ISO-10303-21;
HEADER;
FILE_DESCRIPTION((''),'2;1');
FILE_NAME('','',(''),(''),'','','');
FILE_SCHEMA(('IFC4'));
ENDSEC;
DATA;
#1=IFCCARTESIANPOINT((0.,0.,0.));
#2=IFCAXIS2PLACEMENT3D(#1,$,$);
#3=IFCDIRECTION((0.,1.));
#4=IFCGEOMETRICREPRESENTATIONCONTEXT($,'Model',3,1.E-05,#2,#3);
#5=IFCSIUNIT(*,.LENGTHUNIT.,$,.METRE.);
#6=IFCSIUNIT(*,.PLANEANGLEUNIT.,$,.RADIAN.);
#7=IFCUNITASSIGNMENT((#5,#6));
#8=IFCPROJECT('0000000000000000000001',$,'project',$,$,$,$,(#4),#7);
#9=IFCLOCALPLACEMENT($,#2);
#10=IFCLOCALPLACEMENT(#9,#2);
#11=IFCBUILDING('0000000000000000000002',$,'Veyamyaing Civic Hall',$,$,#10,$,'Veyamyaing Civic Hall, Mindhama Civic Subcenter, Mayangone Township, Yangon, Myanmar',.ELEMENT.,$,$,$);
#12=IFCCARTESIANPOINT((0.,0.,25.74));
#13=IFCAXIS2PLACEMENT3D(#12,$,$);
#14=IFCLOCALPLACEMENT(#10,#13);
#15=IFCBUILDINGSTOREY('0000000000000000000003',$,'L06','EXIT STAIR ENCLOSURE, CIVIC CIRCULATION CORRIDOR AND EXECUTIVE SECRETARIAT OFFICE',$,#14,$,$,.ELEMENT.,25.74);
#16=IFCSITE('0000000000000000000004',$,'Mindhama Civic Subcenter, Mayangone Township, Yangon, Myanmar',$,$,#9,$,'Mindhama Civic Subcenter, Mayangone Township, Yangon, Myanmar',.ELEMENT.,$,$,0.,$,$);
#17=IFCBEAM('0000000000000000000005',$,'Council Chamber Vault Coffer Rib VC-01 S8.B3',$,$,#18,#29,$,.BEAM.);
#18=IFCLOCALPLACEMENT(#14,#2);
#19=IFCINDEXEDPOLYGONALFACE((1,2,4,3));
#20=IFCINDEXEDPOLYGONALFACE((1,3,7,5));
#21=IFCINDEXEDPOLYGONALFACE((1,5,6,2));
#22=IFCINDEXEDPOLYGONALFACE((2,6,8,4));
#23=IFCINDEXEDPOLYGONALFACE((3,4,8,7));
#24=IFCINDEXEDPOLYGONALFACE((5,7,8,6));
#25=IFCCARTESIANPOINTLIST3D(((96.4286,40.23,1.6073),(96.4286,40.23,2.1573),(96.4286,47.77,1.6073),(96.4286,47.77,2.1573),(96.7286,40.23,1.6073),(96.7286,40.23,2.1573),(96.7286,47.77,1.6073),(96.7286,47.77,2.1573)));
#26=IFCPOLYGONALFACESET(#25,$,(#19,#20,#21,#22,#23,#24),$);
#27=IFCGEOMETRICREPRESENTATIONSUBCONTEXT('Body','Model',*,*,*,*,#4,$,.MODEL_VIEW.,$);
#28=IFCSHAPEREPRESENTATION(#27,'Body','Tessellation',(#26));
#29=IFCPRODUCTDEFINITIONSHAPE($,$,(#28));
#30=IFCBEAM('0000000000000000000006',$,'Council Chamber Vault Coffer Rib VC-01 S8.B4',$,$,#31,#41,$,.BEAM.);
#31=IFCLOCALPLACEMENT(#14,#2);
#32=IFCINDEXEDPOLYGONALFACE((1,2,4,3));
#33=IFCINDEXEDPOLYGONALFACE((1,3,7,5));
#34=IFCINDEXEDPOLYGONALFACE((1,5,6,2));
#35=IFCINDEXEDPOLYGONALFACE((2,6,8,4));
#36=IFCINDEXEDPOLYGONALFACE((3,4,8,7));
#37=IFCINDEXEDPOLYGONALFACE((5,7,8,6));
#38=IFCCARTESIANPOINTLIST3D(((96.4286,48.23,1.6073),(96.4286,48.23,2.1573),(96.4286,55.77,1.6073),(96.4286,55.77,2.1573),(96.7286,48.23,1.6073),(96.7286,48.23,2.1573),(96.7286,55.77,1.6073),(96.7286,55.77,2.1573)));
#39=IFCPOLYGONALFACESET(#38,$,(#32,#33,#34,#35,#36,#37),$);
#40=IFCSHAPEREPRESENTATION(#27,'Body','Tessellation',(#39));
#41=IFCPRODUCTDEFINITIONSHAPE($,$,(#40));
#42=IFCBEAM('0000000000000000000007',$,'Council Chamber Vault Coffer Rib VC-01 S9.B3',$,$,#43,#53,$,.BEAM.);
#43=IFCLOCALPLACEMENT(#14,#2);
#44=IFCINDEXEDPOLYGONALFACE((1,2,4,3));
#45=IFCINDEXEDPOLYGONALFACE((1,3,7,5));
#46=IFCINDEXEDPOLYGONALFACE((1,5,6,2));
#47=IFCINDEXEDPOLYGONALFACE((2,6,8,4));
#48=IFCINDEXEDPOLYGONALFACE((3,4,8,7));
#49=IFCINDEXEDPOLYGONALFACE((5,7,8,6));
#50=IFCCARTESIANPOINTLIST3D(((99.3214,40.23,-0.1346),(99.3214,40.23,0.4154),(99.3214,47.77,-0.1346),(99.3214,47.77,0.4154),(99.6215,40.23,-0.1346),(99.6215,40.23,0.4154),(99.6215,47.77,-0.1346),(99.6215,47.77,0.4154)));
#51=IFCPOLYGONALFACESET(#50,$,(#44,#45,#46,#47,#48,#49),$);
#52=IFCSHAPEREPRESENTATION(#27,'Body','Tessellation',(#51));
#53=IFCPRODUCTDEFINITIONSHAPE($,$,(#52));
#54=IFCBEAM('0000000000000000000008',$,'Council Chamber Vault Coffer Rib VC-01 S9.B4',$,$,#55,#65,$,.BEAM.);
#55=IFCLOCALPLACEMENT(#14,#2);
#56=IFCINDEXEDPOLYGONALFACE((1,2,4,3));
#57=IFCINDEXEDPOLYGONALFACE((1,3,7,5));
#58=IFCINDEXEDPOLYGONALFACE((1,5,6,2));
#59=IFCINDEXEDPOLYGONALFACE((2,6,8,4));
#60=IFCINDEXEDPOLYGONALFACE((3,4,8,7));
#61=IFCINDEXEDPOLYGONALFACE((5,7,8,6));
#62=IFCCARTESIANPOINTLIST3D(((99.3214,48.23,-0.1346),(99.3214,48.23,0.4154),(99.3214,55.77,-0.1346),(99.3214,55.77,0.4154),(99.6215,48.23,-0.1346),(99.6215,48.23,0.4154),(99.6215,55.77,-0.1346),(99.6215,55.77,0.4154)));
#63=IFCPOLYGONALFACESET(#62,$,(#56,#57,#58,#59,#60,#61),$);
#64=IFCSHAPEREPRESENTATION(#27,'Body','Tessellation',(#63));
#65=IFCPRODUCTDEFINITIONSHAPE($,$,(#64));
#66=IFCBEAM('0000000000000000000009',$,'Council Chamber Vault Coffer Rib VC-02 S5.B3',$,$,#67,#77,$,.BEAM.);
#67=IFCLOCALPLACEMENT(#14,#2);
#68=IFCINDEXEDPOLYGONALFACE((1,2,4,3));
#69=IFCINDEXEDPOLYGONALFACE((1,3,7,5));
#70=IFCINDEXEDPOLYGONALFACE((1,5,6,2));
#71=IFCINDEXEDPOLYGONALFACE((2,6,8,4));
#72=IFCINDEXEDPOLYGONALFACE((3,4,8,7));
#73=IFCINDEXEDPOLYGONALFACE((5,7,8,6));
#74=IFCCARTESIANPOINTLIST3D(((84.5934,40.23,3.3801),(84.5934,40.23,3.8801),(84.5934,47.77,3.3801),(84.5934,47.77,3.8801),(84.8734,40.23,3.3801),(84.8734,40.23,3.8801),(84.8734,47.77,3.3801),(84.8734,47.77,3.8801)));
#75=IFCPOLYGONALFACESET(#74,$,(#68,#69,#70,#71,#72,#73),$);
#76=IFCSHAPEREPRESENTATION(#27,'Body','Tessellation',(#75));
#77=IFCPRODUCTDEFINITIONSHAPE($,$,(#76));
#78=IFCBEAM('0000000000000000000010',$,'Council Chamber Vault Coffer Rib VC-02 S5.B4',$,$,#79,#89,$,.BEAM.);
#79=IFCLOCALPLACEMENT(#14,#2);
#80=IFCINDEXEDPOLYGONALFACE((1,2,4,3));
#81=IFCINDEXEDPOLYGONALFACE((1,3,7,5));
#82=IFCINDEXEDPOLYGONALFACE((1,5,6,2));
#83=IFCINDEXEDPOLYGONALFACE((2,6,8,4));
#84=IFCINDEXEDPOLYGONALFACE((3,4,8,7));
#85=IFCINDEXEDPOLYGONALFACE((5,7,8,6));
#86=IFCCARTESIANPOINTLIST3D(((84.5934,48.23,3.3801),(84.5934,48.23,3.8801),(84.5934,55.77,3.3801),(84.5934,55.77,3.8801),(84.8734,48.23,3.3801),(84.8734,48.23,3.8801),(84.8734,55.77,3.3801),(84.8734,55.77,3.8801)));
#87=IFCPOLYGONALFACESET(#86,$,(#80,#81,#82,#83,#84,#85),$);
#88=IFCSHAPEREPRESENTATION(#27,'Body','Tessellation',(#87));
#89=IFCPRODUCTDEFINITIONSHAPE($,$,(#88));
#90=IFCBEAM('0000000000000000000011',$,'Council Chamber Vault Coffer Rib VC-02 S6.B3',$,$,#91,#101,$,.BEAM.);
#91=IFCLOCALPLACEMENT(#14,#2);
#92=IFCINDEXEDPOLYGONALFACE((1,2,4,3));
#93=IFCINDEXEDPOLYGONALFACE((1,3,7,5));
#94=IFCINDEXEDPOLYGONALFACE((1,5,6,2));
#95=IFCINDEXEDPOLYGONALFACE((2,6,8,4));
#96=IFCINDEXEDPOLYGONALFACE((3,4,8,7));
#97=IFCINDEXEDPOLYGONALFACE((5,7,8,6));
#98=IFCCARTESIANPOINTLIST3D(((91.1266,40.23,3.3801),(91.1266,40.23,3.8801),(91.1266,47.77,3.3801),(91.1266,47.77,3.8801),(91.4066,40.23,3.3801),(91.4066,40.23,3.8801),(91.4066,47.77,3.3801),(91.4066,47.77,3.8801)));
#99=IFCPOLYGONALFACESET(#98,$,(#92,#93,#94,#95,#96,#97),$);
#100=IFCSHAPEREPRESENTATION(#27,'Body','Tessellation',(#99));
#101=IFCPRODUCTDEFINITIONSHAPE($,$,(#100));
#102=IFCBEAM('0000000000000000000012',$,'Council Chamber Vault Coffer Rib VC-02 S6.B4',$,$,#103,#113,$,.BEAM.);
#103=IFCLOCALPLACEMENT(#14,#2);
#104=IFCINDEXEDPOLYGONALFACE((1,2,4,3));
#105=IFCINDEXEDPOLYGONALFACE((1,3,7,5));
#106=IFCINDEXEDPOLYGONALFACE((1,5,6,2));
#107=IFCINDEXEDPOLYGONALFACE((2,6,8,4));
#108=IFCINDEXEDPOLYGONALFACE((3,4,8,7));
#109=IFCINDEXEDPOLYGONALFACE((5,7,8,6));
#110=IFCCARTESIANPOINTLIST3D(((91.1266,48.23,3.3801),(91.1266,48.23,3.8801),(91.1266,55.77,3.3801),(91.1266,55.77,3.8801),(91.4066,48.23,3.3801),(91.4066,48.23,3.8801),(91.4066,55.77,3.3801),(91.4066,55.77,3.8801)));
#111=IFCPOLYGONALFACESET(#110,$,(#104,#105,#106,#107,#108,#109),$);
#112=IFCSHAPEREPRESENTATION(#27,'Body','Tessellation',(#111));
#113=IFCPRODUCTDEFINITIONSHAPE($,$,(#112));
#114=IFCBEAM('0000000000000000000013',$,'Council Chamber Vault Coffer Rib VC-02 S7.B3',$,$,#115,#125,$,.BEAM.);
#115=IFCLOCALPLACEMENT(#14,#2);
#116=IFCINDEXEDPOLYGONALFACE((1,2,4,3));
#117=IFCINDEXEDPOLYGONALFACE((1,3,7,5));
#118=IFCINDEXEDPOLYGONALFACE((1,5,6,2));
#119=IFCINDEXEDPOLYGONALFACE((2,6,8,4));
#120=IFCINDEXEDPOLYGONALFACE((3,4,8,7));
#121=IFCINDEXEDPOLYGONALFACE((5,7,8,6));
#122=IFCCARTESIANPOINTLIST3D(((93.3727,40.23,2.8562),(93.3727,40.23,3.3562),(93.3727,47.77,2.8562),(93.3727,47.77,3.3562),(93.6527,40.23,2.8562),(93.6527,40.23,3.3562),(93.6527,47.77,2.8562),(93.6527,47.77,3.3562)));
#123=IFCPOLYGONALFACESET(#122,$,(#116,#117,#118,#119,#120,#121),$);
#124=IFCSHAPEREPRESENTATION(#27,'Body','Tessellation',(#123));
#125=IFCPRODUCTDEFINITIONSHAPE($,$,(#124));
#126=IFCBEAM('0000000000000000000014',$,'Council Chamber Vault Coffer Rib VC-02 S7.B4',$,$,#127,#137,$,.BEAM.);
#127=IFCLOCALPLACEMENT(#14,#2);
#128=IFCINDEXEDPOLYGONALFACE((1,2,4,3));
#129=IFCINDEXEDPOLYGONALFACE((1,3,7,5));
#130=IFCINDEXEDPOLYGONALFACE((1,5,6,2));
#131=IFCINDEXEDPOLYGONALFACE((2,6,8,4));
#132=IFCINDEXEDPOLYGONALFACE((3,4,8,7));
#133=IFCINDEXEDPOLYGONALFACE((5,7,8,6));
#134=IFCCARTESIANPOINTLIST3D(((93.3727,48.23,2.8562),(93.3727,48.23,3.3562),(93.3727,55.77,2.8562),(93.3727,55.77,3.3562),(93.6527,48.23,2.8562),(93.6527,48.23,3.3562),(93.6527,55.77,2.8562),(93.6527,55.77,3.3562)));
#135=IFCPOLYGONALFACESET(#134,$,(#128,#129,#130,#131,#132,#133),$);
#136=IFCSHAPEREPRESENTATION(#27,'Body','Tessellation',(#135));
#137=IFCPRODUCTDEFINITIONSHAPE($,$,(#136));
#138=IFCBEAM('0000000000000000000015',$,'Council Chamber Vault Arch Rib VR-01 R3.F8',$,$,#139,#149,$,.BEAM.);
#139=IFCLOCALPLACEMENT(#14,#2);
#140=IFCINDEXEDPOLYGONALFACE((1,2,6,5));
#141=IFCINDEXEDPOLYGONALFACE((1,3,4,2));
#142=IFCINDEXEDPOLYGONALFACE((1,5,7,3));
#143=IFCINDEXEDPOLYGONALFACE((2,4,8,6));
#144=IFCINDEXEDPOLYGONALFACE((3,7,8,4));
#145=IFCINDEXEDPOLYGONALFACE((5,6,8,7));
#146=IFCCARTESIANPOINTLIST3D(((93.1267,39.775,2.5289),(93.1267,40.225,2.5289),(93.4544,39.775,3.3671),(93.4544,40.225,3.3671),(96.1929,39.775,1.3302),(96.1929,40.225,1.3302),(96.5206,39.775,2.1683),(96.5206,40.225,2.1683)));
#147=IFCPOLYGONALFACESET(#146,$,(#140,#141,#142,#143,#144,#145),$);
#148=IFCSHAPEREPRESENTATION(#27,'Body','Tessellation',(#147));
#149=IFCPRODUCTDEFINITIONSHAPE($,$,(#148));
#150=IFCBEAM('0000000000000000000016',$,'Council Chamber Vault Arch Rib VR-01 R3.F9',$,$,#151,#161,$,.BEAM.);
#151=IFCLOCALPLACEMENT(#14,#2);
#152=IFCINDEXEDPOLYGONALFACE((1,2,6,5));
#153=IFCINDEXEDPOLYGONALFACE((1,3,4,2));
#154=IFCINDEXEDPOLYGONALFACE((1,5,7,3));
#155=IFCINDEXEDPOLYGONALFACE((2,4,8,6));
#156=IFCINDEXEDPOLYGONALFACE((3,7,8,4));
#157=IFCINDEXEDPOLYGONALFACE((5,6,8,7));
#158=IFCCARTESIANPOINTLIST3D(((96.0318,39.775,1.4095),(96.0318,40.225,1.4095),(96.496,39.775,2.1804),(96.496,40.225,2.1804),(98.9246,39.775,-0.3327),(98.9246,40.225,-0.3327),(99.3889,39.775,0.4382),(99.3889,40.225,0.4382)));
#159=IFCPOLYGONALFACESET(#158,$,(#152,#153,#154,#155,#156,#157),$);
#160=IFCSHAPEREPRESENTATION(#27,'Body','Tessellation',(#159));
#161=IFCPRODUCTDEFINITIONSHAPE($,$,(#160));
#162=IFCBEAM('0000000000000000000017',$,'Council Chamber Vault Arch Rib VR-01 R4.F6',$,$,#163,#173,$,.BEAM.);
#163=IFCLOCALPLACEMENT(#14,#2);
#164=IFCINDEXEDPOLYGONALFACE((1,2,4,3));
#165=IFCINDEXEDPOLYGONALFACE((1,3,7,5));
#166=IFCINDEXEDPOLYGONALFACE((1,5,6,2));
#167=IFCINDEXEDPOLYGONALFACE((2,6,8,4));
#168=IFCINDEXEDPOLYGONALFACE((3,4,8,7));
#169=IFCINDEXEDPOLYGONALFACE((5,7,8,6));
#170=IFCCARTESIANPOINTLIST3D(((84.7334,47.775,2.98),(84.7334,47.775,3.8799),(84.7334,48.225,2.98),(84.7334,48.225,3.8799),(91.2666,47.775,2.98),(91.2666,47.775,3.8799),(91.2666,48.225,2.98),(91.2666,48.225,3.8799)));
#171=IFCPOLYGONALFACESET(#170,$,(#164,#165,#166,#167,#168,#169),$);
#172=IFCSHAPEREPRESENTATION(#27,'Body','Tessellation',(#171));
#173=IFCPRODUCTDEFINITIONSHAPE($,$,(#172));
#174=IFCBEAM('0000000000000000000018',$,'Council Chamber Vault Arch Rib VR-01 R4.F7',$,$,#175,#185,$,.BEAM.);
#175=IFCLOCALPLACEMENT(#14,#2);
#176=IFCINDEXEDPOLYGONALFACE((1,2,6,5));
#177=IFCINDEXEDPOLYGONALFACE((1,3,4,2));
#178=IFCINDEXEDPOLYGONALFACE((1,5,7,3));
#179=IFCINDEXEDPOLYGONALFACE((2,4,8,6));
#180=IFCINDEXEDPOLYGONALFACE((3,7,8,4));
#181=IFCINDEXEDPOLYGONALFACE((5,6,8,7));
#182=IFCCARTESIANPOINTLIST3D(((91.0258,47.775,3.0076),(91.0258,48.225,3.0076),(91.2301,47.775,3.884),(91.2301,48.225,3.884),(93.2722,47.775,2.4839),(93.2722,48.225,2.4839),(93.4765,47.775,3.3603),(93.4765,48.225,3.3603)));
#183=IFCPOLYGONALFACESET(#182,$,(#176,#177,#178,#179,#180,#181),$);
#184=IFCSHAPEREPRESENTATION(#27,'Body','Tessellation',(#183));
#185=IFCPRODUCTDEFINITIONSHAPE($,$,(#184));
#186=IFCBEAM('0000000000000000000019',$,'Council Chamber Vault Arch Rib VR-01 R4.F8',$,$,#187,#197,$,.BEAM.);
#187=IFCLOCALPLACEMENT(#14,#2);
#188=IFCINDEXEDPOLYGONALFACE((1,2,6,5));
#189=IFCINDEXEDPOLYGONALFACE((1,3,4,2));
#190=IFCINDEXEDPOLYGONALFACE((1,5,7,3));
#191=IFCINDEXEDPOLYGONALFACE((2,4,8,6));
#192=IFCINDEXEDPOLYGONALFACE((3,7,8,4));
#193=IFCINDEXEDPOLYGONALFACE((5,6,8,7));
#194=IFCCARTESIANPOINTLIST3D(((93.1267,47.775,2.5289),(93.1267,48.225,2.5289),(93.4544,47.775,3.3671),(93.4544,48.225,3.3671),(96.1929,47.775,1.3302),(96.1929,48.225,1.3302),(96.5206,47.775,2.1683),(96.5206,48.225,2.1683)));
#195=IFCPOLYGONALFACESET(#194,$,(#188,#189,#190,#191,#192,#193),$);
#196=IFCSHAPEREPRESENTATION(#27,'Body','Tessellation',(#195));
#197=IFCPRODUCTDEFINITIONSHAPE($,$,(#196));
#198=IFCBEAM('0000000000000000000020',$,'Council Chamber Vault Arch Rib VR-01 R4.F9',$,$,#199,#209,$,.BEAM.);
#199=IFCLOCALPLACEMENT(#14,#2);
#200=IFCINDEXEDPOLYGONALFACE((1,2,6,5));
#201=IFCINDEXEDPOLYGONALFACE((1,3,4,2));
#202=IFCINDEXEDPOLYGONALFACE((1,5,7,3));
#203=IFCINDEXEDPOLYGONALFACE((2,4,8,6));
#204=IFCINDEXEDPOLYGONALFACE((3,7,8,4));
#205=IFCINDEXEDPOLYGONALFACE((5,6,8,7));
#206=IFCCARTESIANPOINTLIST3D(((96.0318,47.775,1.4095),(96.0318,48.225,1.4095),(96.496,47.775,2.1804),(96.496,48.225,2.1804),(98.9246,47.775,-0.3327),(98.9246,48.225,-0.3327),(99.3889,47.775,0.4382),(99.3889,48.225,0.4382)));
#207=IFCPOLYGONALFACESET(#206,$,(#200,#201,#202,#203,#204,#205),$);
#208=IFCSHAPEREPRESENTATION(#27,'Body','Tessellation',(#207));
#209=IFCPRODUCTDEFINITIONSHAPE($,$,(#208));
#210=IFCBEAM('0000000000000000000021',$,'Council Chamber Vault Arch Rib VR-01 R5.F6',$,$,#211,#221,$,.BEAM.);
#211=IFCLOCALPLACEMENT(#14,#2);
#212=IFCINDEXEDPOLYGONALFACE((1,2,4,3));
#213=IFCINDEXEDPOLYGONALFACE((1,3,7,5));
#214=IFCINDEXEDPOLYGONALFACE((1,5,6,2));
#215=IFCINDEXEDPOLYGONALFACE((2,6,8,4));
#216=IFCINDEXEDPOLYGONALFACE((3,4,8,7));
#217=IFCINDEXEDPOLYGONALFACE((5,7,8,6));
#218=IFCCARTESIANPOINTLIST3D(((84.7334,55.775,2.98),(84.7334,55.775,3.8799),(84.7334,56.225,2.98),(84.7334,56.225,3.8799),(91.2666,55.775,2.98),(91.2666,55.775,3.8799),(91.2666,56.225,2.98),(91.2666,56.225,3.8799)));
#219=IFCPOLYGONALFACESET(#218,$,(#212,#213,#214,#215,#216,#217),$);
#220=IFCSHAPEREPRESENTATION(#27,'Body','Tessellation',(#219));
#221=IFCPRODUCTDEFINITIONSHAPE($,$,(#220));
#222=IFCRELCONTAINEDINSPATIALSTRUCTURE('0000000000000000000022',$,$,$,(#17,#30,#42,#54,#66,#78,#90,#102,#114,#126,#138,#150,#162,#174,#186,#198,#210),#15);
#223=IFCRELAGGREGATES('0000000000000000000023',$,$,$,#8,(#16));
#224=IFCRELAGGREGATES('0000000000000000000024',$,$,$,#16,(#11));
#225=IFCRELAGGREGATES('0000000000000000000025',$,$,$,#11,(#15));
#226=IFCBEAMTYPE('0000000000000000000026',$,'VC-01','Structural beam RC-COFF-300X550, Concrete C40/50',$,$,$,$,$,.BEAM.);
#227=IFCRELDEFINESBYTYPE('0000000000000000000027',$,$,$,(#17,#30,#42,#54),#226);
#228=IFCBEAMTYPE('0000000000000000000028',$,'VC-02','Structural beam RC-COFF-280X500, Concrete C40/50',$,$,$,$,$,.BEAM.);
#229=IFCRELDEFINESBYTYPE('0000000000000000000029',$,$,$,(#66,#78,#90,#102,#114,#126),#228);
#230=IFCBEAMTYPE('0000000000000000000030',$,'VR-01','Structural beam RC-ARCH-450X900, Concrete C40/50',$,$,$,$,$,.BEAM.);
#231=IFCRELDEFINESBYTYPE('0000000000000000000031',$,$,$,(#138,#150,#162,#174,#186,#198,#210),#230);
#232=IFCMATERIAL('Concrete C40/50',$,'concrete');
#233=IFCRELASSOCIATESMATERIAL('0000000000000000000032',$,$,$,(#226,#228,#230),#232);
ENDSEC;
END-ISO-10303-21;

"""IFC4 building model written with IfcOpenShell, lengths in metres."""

from ifc_helpers import new_model, si_unit, direction, frame, origin, origin_2d, place, context, subcontext, project, spatial, rectangle, extrude, material, material_profile, profile_set, type_object, element, save


model = new_model("IFC4")

# Units and contexts
model_context = context("Model", 3, precision=1e-05, world=origin(), true_north=direction((0.0, 1.0)))
body_context = subcontext(model_context, "Body", "Model", "MODEL_VIEW")
ifc_project = project(units=[si_unit("LENGTHUNIT", "METRE"), si_unit("PLANEANGLEUNIT", "RADIAN")], contexts=[model_context])

# Site, building, storey
site_placement = place(None, origin())
site = spatial("IfcSite", under=ifc_project, at=site_placement, Name="Mindhama Civic Subcenter, Mayangone Township, Yangon, Myanmar", LongName="Mindhama Civic Subcenter, Mayangone Township, Yangon, Myanmar", CompositionType="ELEMENT", RefElevation=0.0)
building_placement = place(site_placement, origin())
building = spatial("IfcBuilding", under=site, at=building_placement, Name="Veyamyaing Civic Hall", LongName="Veyamyaing Civic Hall, Mindhama Civic Subcenter, Mayangone Township, Yangon, Myanmar", CompositionType="ELEMENT")
storey_placement = place(building_placement, frame((0.0, 0.0, 25.74)))
storey = spatial("IfcBuildingStorey", under=building, at=storey_placement, Name="L06", Description="EXIT STAIR ENCLOSURE, CIVIC CIRCULATION CORRIDOR AND EXECUTIVE SECRETARIAT OFFICE", CompositionType="ELEMENT", Elevation=25.74)

# Beams
ifc_material = material(Name="Concrete C40/50", Category="concrete")
ifc_material_profile_1 = material_profile(ifc_material, rectangle(XDim=0.3, YDim=0.55, at=origin_2d()), Name="RC-COFF-300X550")
ifc_profile_set_1 = profile_set([ifc_material_profile_1], Name="Concrete C40/50")
beam_type_1 = type_object("IfcBeamType", Name="VC-01", Description="Structural beam RC-COFF-300X550, Concrete C40/50", PredefinedType="BEAM", material=ifc_profile_set_1)
for number, where, z_axis, x_axis, name in (
    (1, (96.5786, 40.23, 1.8823), (0.0, 1.0, 0.0), (-1.0, 0.0, 0.0), "Council Chamber Vault Coffer Rib VC-01 S8.B3"),
    (2, (96.5786, 48.23, 1.8823), (0.0, 1.0, 0.0), (-1.0, 0.0, 0.0), "Council Chamber Vault Coffer Rib VC-01 S8.B4"),
    (3, (99.4714, 40.23, 0.1404), (0.0, 1.0, 0.0), (-1.0, 0.0, 0.0), "Council Chamber Vault Coffer Rib VC-01 S9.B3"),
    (4, (99.4714, 48.23, 0.1404), (0.0, 1.0, 0.0), (-1.0, 0.0, 0.0), "Council Chamber Vault Coffer Rib VC-01 S9.B4"),
):
    element("IfcBeam", number, at=place(storey_placement, frame(where, z_axis=z_axis, x_axis=x_axis)), inside=storey, type_object=beam_type_1, Name=name, PredefinedType="BEAM", context=body_context, shape_type="SweptSolid", body=[
        extrude(rectangle(XDim=0.3, YDim=0.55, at=origin_2d()), origin(), (0.0, 0.0, 1.0), 7.54),
    ])
ifc_material_profile_2 = material_profile(ifc_material, rectangle(XDim=0.28, YDim=0.5, at=origin_2d()), Name="RC-COFF-280X500")
ifc_profile_set_2 = profile_set([ifc_material_profile_2], Name="Concrete C40/50")
beam_type_2 = type_object("IfcBeamType", Name="VC-02", Description="Structural beam RC-COFF-280X500, Concrete C40/50", PredefinedType="BEAM", material=ifc_profile_set_2)
for number, where, z_axis, x_axis, name in (
    (5, (84.7334, 40.23, 3.6301), (0.0, 1.0, 0.0), (-1.0, 0.0, 0.0), "Council Chamber Vault Coffer Rib VC-02 S5.B3"),
    (6, (84.7334, 48.23, 3.6301), (0.0, 1.0, 0.0), (-1.0, 0.0, 0.0), "Council Chamber Vault Coffer Rib VC-02 S5.B4"),
    (7, (91.2666, 40.23, 3.6301), (0.0, 1.0, 0.0), (-1.0, 0.0, 0.0), "Council Chamber Vault Coffer Rib VC-02 S6.B3"),
    (8, (91.2666, 48.23, 3.6301), (0.0, 1.0, 0.0), (-1.0, 0.0, 0.0), "Council Chamber Vault Coffer Rib VC-02 S6.B4"),
    (9, (93.5127, 40.23, 3.1062), (0.0, 1.0, 0.0), (-1.0, 0.0, 0.0), "Council Chamber Vault Coffer Rib VC-02 S7.B3"),
    (10, (93.5127, 48.23, 3.1062), (0.0, 1.0, 0.0), (-1.0, 0.0, 0.0), "Council Chamber Vault Coffer Rib VC-02 S7.B4"),
):
    element("IfcBeam", number, at=place(storey_placement, frame(where, z_axis=z_axis, x_axis=x_axis)), inside=storey, type_object=beam_type_2, Name=name, PredefinedType="BEAM", context=body_context, shape_type="SweptSolid", body=[
        extrude(rectangle(XDim=0.28, YDim=0.5, at=origin_2d()), origin(), (0.0, 0.0, 1.0), 7.54),
    ])
ifc_material_profile_3 = material_profile(ifc_material, rectangle(XDim=0.45, YDim=0.8999, at=origin_2d()), Name="RC-ARCH-450X900")
ifc_profile_set_3 = profile_set([ifc_material_profile_3], Name="Concrete C40/50")
beam_type_3 = type_object("IfcBeamType", Name="VR-01", Description="Structural beam RC-ARCH-450X900, Concrete C40/50", PredefinedType="BEAM", material=ifc_profile_set_3)
beam_1_placement = place(storey_placement, frame((93.2905, 40.0, 2.948), z_axis=(0.931353, 0.0, -0.364117), x_axis=(0.0, 1.0, 0.0)))
element("IfcBeam", 11, at=beam_1_placement, inside=storey, type_object=beam_type_3, Name="Council Chamber Vault Arch Rib VR-01 R3.F8", PredefinedType="BEAM", context=body_context, shape_type="SweptSolid", body=[
    extrude(rectangle(XDim=0.45, YDim=0.8999, at=origin_2d()), origin(), (0.0, 0.0, 1.0), 3.2922),
])
beam_2_placement = place(storey_placement, frame((96.2639, 40.0, 1.7949), z_axis=(0.856643, 0.0, -0.515909), x_axis=(0.0, 1.0, 0.0)))
element("IfcBeam", 12, at=beam_2_placement, inside=storey, type_object=beam_type_3, Name="Council Chamber Vault Arch Rib VR-01 R3.F9", PredefinedType="BEAM", context=body_context, shape_type="SweptSolid", body=[
    extrude(rectangle(XDim=0.45, YDim=0.8999, at=origin_2d()), origin(), (0.0, 0.0, 1.0), 3.377),
])
beam_3_placement = place(storey_placement, frame((84.7334, 48.0, 3.4299), z_axis=(1.0, 0.0, 0.0), x_axis=(0.0, 1.0, 0.0)))
element("IfcBeam", 13, at=beam_3_placement, inside=storey, type_object=beam_type_3, Name="Council Chamber Vault Arch Rib VR-01 R4.F6", PredefinedType="BEAM", context=body_context, shape_type="SweptSolid", body=[
    extrude(rectangle(XDim=0.45, YDim=0.8999, at=origin_2d()), origin(), (0.0, 0.0, 1.0), 6.5332),
])
beam_4_placement = place(storey_placement, frame((91.1279, 48.0, 3.4458), z_axis=(0.973886, 0.0, -0.227039), x_axis=(0.0, 1.0, 0.0)))
element("IfcBeam", 14, at=beam_4_placement, inside=storey, type_object=beam_type_3, Name="Council Chamber Vault Arch Rib VR-01 R4.F7", PredefinedType="BEAM", context=body_context, shape_type="SweptSolid", body=[
    extrude(rectangle(XDim=0.45, YDim=0.8999, at=origin_2d()), origin(), (0.0, 0.0, 1.0), 2.3066),
])
beam_5_placement = place(storey_placement, frame((93.2905, 48.0, 2.948), z_axis=(0.931353, 0.0, -0.364117), x_axis=(0.0, 1.0, 0.0)))
element("IfcBeam", 15, at=beam_5_placement, inside=storey, type_object=beam_type_3, Name="Council Chamber Vault Arch Rib VR-01 R4.F8", PredefinedType="BEAM", context=body_context, shape_type="SweptSolid", body=[
    extrude(rectangle(XDim=0.45, YDim=0.8999, at=origin_2d()), origin(), (0.0, 0.0, 1.0), 3.2922),
])
beam_6_placement = place(storey_placement, frame((96.2639, 48.0, 1.7949), z_axis=(0.856643, 0.0, -0.515909), x_axis=(0.0, 1.0, 0.0)))
element("IfcBeam", 16, at=beam_6_placement, inside=storey, type_object=beam_type_3, Name="Council Chamber Vault Arch Rib VR-01 R4.F9", PredefinedType="BEAM", context=body_context, shape_type="SweptSolid", body=[
    extrude(rectangle(XDim=0.45, YDim=0.8999, at=origin_2d()), origin(), (0.0, 0.0, 1.0), 3.377),
])
beam_7_placement = place(storey_placement, frame((84.7334, 56.0, 3.4299), z_axis=(1.0, 0.0, 0.0), x_axis=(0.0, 1.0, 0.0)))
element("IfcBeam", 17, at=beam_7_placement, inside=storey, type_object=beam_type_3, Name="Council Chamber Vault Arch Rib VR-01 R5.F6", PredefinedType="BEAM", context=body_context, shape_type="SweptSolid", body=[
    extrude(rectangle(XDim=0.45, YDim=0.8999, at=origin_2d()), origin(), (0.0, 0.0, 1.0), 6.5332),
])

save(model, "model.ifc")
